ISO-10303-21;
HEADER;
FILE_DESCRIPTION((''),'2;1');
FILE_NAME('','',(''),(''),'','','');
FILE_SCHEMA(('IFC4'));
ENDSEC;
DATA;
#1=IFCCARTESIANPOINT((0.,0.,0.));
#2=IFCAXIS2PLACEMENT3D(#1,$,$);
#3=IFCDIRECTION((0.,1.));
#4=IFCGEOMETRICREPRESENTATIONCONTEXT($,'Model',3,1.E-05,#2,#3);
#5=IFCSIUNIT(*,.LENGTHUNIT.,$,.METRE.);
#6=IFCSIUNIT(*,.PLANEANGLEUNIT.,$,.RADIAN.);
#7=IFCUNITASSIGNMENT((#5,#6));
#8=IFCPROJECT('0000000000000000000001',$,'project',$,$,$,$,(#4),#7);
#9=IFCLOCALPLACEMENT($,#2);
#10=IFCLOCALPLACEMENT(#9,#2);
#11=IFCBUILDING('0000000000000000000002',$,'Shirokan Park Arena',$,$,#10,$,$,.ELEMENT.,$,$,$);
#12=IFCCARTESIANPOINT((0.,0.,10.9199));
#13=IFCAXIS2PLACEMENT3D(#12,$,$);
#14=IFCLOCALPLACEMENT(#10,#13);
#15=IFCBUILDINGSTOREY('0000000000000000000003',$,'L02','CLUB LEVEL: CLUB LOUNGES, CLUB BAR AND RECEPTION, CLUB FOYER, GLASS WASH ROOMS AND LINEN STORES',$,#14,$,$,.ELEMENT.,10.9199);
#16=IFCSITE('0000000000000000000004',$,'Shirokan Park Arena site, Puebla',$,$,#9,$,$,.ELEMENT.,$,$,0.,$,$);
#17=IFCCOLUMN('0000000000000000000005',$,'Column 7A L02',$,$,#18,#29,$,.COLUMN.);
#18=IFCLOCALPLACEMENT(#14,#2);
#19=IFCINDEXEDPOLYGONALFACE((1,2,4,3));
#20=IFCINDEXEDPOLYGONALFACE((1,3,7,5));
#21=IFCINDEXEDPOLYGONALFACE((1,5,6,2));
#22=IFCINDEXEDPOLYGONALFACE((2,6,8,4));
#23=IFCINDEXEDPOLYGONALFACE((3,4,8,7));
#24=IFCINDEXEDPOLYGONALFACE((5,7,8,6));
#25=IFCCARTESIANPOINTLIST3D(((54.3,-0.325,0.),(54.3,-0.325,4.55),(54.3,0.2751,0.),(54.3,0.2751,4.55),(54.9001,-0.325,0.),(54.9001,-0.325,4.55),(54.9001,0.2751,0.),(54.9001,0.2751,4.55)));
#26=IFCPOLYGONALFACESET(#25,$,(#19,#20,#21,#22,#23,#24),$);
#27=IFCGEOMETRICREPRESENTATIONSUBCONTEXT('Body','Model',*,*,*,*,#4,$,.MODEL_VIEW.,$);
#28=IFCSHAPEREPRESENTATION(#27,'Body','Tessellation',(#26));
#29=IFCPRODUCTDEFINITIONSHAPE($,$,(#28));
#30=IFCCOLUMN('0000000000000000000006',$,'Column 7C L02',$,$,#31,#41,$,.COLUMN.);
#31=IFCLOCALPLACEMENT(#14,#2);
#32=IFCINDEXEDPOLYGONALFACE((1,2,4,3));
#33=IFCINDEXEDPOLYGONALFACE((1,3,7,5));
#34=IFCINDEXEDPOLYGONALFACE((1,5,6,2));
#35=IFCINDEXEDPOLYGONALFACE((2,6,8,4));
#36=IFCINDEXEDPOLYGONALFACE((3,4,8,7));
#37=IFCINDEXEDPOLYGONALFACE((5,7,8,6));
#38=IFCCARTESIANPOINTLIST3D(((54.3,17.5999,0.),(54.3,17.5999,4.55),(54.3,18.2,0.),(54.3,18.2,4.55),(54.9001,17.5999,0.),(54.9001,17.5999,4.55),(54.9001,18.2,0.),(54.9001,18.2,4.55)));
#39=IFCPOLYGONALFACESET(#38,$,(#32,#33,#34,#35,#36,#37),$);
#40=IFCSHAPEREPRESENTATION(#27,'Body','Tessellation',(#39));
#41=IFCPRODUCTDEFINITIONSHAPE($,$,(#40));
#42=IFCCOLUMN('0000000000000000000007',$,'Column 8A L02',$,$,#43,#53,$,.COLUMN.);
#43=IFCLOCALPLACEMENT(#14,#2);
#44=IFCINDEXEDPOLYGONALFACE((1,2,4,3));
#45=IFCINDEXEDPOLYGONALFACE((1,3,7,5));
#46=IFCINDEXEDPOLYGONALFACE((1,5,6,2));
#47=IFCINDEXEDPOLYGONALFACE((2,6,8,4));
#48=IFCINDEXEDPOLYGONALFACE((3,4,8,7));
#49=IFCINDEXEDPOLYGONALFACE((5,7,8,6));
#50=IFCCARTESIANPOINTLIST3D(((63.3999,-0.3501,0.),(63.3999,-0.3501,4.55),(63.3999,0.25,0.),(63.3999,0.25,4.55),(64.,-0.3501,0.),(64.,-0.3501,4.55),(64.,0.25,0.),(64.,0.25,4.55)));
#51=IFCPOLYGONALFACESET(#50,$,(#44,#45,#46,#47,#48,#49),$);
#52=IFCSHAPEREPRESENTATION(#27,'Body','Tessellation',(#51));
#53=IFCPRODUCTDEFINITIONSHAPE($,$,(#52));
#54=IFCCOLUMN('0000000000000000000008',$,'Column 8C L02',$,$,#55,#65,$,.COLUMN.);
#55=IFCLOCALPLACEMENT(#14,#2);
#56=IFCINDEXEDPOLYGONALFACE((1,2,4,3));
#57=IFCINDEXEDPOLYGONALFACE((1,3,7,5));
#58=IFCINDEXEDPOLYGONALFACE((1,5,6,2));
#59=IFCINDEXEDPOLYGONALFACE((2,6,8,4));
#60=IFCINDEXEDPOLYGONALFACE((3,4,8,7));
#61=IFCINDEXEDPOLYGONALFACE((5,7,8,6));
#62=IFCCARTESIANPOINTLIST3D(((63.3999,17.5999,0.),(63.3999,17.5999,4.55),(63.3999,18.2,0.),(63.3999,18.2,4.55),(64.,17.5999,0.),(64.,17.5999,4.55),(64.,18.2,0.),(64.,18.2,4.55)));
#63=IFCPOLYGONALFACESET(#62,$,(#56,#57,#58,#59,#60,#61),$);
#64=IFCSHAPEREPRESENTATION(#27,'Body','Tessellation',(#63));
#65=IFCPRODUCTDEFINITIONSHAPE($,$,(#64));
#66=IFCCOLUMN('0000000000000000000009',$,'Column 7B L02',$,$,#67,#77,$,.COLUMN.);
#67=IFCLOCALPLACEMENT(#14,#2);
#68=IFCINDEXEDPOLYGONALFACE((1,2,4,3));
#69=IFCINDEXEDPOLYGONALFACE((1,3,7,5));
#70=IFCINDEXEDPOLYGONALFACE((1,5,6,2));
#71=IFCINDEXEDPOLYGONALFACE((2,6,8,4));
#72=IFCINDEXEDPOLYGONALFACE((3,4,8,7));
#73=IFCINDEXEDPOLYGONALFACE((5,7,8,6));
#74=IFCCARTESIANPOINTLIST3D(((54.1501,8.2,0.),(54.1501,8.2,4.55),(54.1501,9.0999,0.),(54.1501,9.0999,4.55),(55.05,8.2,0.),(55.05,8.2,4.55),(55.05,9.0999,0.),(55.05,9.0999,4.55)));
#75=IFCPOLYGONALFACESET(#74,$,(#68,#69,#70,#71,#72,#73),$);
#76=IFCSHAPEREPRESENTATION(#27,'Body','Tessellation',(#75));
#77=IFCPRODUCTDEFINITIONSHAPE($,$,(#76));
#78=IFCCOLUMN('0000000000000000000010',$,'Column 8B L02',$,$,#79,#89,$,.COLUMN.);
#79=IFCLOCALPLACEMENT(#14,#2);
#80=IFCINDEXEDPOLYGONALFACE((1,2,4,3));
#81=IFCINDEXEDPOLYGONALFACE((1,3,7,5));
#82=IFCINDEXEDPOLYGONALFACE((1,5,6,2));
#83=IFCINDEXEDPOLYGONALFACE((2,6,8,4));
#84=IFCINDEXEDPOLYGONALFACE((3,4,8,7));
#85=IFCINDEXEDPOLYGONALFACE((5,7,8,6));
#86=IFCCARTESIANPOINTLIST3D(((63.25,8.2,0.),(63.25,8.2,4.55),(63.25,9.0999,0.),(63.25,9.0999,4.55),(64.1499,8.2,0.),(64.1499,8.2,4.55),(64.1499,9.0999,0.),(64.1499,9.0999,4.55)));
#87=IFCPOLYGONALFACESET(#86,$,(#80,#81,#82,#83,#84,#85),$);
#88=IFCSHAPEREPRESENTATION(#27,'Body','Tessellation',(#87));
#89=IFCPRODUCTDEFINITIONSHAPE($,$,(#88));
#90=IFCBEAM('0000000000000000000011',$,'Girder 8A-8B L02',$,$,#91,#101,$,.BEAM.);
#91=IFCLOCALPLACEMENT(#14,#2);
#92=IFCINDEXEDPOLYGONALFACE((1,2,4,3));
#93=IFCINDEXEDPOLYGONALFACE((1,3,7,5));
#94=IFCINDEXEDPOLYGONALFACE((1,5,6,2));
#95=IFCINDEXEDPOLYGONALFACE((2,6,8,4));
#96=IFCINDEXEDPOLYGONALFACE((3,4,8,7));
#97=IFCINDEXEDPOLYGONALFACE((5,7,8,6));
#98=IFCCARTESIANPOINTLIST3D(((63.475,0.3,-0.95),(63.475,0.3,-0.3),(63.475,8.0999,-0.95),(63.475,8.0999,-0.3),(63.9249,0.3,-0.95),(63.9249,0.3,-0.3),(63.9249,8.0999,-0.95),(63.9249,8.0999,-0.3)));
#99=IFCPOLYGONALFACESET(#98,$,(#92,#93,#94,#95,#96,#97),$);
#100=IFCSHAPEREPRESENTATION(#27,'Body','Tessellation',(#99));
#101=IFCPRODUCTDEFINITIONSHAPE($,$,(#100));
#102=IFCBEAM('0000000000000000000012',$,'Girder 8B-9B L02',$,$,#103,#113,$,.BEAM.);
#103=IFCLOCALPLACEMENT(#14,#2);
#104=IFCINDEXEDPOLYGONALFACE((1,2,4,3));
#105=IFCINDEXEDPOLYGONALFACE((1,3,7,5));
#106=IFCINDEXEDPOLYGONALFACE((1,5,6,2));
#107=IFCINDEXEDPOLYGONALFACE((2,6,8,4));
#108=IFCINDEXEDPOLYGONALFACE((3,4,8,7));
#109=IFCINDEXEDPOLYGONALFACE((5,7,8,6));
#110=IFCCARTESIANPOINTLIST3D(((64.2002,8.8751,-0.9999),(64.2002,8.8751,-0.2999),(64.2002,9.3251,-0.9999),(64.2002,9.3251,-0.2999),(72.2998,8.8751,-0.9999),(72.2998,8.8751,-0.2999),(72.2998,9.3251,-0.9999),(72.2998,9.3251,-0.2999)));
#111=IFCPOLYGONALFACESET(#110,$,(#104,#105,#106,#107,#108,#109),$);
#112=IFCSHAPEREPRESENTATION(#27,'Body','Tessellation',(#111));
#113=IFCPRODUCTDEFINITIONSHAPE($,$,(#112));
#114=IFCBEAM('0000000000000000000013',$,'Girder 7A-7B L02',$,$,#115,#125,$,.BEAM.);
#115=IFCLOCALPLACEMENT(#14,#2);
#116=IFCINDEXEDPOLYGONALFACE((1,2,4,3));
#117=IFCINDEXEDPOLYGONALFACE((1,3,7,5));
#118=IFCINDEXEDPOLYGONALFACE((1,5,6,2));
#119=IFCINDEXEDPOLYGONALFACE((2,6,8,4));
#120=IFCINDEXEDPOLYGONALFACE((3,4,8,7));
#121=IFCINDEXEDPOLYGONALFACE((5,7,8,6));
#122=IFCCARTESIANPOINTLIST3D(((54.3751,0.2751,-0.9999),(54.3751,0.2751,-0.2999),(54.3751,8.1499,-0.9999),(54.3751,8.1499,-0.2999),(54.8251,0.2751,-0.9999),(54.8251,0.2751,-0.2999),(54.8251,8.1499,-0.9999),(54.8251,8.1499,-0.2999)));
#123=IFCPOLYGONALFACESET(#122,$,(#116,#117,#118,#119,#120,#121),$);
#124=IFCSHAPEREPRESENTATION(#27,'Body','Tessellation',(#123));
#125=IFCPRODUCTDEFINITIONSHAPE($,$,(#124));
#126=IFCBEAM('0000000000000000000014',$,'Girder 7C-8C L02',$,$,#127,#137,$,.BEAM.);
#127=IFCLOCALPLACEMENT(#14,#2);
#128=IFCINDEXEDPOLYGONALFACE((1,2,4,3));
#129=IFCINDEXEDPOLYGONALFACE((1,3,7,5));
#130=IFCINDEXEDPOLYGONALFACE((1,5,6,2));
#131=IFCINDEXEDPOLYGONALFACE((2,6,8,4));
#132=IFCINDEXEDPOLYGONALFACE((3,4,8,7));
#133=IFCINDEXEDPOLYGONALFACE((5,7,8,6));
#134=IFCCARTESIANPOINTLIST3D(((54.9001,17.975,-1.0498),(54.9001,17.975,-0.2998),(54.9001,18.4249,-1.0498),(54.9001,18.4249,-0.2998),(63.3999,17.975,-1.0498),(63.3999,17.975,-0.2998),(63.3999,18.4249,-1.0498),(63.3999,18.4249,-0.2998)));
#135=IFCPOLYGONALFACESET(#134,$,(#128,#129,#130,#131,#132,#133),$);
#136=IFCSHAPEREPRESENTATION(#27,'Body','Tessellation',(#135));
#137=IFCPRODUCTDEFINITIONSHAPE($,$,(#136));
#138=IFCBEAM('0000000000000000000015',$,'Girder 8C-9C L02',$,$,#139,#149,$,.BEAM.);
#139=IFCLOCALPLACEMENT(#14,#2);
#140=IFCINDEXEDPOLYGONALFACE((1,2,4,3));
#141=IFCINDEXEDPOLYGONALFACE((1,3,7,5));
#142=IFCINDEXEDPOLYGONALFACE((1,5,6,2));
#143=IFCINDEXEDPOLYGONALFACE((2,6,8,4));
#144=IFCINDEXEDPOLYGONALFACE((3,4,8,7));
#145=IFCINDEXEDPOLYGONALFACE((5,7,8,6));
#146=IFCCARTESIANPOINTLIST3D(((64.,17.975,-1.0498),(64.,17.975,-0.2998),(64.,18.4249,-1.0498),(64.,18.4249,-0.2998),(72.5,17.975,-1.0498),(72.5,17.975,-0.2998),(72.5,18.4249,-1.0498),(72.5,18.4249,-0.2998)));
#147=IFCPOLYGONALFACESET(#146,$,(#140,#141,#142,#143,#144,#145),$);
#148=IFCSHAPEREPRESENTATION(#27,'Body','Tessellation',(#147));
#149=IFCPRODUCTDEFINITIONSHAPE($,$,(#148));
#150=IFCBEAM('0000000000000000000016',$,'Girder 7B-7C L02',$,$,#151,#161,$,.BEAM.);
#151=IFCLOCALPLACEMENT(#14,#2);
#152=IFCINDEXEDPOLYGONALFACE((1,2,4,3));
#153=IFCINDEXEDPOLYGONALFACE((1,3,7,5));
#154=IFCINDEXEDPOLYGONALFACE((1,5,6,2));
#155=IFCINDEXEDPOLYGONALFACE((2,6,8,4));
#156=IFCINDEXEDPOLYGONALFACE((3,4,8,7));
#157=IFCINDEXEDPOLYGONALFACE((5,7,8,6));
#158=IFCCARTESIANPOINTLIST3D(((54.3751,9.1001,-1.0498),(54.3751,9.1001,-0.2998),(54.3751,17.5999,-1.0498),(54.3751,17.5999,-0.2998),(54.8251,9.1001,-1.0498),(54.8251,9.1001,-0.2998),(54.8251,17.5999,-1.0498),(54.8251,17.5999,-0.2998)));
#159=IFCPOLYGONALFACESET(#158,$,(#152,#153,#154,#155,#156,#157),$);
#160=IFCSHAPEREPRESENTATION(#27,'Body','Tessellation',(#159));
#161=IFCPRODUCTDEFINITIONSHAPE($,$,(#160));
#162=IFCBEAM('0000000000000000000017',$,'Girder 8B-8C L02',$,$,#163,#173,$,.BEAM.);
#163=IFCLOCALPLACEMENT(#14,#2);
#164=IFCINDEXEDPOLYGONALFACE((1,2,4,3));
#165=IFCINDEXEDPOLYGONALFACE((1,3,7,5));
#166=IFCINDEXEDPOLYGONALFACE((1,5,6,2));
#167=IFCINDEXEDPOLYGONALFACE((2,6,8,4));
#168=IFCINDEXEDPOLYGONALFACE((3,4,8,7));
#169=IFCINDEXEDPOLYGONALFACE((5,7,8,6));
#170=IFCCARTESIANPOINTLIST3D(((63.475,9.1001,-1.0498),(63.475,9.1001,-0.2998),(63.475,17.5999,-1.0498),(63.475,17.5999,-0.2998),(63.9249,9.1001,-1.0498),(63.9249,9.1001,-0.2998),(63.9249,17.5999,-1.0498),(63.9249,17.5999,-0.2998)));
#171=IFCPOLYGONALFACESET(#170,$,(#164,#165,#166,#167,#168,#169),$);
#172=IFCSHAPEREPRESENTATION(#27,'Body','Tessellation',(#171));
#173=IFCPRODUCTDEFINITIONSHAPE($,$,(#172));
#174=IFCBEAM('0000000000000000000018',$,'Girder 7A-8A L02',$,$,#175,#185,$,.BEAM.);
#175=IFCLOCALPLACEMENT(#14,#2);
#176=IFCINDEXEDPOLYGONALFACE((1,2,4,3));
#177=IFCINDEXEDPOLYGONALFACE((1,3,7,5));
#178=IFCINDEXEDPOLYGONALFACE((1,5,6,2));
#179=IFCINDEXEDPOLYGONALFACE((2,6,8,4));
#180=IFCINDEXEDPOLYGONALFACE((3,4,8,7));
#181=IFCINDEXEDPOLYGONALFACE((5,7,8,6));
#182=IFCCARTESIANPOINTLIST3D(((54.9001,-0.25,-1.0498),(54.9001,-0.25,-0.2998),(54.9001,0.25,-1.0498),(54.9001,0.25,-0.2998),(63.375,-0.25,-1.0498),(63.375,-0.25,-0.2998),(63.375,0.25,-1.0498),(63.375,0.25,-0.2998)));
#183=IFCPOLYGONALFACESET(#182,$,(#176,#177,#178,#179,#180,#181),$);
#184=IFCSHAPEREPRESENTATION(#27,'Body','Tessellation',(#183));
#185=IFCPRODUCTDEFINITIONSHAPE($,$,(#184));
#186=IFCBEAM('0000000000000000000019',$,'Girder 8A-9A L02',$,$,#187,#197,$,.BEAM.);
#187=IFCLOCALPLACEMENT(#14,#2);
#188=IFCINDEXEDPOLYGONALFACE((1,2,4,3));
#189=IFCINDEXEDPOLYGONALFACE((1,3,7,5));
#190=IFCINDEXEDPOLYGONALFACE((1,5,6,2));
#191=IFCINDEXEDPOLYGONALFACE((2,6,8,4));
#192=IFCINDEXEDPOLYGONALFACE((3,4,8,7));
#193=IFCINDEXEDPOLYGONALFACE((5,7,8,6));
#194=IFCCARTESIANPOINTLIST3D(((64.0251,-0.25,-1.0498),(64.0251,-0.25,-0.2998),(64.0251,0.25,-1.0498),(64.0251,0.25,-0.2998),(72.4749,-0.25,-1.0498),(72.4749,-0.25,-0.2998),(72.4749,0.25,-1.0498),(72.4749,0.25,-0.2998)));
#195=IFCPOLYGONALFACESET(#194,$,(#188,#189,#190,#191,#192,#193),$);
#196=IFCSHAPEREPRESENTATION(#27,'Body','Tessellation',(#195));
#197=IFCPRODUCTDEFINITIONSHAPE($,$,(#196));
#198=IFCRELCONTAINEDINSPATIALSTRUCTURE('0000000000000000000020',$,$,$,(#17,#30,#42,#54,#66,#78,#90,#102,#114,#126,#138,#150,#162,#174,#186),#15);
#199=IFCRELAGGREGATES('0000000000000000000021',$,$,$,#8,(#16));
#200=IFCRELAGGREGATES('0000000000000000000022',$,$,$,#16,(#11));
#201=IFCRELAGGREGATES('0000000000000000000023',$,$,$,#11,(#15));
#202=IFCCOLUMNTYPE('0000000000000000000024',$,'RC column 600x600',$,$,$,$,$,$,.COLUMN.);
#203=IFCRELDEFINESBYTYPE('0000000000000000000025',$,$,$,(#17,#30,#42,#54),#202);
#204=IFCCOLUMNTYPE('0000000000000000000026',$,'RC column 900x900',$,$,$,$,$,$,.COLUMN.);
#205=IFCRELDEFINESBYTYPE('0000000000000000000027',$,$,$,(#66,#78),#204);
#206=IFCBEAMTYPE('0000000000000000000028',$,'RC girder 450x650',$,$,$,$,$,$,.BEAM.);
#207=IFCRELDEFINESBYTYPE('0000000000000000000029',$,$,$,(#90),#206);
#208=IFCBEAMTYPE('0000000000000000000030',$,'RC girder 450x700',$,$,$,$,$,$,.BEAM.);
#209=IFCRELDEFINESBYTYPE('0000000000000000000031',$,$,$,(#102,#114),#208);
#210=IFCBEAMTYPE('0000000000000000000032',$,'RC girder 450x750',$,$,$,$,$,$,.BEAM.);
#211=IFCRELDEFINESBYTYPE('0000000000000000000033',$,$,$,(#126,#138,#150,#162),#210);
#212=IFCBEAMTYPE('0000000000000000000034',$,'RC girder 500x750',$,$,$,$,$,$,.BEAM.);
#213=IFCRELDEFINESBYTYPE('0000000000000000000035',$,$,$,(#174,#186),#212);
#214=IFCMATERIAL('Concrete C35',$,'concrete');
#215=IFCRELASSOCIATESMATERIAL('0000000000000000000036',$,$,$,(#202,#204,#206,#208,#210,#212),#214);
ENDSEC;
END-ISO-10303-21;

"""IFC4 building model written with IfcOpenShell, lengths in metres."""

from ifc_helpers import new_model, si_unit, direction, frame, origin, origin_2d, place, context, subcontext, project, spatial, rectangle, extrude, material, material_profile, profile_set, type_object, element, save


model = new_model("IFC4")

# Units and contexts
model_context = context("Model", 3, precision=1e-05, world=origin(), true_north=direction((0.0, 1.0)))
body_context = subcontext(model_context, "Body", "Model", "MODEL_VIEW")
ifc_project = project(units=[si_unit("LENGTHUNIT", "METRE"), si_unit("PLANEANGLEUNIT", "RADIAN")], contexts=[model_context])

# Site, building, storey
site_placement = place(None, origin())
site = spatial("IfcSite", under=ifc_project, at=site_placement, Name="Shirokan Park Arena site, Puebla", CompositionType="ELEMENT", RefElevation=0.0)
building_placement = place(site_placement, origin())
building = spatial("IfcBuilding", under=site, at=building_placement, Name="Shirokan Park Arena", CompositionType="ELEMENT")
storey_placement = place(building_placement, frame((0.0, 0.0, 10.9199)))
storey = spatial("IfcBuildingStorey", under=building, at=storey_placement, Name="L02", Description="CLUB LEVEL: CLUB LOUNGES, CLUB BAR AND RECEPTION, CLUB FOYER, GLASS WASH ROOMS AND LINEN STORES", CompositionType="ELEMENT", Elevation=10.9199)

# Columns
ifc_material_1 = material(Name="Concrete C35", Category="concrete")
ifc_material_profile_1 = material_profile(ifc_material_1, rectangle(XDim=0.6001, YDim=0.6001, at=origin_2d()), Name="600x600")
ifc_profile_set_1 = profile_set([ifc_material_profile_1], Name="Concrete C35")
column_type_1 = type_object("IfcColumnType", Name="RC column 600x600", PredefinedType="COLUMN", material=ifc_profile_set_1)
for number, where, z_axis, x_axis, name in (
    (1, (54.6001, -0.0249, 0.0), (0.0, 0.0, 1.0), (1.0, 0.0, 0.0), "Column 7A L02"),
    (2, (54.6001, 17.8999, 0.0), (0.0, 0.0, 1.0), (1.0, 0.0, 0.0), "Column 7C L02"),
    (3, (63.7, -0.05, 0.0), (0.0, 0.0, 1.0), (1.0, 0.0, 0.0), "Column 8A L02"),
    (4, (63.7, 17.8999, 0.0), (0.0, 0.0, 1.0), (1.0, 0.0, 0.0), "Column 8C L02"),
):
    element("IfcColumn", number, at=place(storey_placement, frame(where, z_axis=z_axis, x_axis=x_axis)), inside=storey, type_object=column_type_1, Name=name, PredefinedType="COLUMN", context=body_context, shape_type="SweptSolid", body=[
        extrude(rectangle(XDim=0.6001, YDim=0.6001, at=origin_2d()), origin(), (0.0, 0.0, 1.0), 4.55),
    ])
ifc_material_profile_2 = material_profile(ifc_material_1, rectangle(XDim=0.8999, YDim=0.8999, at=origin_2d()), Name="900x900")
ifc_profile_set_2 = profile_set([ifc_material_profile_2], Name="Concrete C35")
column_type_2 = type_object("IfcColumnType", Name="RC column 900x900", PredefinedType="COLUMN", material=ifc_profile_set_2)
for number, where, z_axis, x_axis, name in (
    (5, (54.6001, 8.6499, 0.0), (0.0, 0.0, 1.0), (1.0, 0.0, 0.0), "Column 7B L02"),
    (6, (63.7, 8.6499, 0.0), (0.0, 0.0, 1.0), (1.0, 0.0, 0.0), "Column 8B L02"),
):
    element("IfcColumn", number, at=place(storey_placement, frame(where, z_axis=z_axis, x_axis=x_axis)), inside=storey, type_object=column_type_2, Name=name, PredefinedType="COLUMN", context=body_context, shape_type="SweptSolid", body=[
        extrude(rectangle(XDim=0.8999, YDim=0.8999, at=origin_2d()), origin(), (0.0, 0.0, 1.0), 4.55),
    ])

# Beams
ifc_material_profile_3 = material_profile(ifc_material_1, rectangle(XDim=0.45, YDim=0.6499, at=origin_2d()), Name="450x650")
ifc_profile_set_3 = profile_set([ifc_material_profile_3], Name="Concrete C35")
beam_type_1 = type_object("IfcBeamType", Name="RC girder 450x650", PredefinedType="BEAM", material=ifc_profile_set_3)
beam_1_placement = place(storey_placement, frame((63.7, 0.3, -0.625), z_axis=(0.0, 1.0, 0.0), x_axis=(-1.0, 0.0, 0.0)))
element("IfcBeam", 7, at=beam_1_placement, inside=storey, type_object=beam_type_1, Name="Girder 8A-8B L02", PredefinedType="BEAM", context=body_context, shape_type="SweptSolid", body=[
    extrude(rectangle(XDim=0.45, YDim=0.6499, at=origin_2d()), origin(), (0.0, 0.0, 1.0), 7.7998),
])
ifc_material_profile_4 = material_profile(ifc_material_1, rectangle(XDim=0.45, YDim=0.7, at=origin_2d()), Name="450x700")
ifc_profile_set_4 = profile_set([ifc_material_profile_4], Name="Concrete C35")
beam_type_2 = type_object("IfcBeamType", Name="RC girder 450x700", PredefinedType="BEAM", material=ifc_profile_set_4)
beam_2_placement = place(storey_placement, frame((64.2002, 9.1001, -0.6499), z_axis=(1.0, 0.0, 0.0), x_axis=(0.0, 1.0, 0.0)))
element("IfcBeam", 8, at=beam_2_placement, inside=storey, type_object=beam_type_2, Name="Girder 8B-9B L02", PredefinedType="BEAM", context=body_context, shape_type="SweptSolid", body=[
    extrude(rectangle(XDim=0.45, YDim=0.7, at=origin_2d()), origin(), (0.0, 0.0, 1.0), 8.0996),
])
beam_3_placement = place(storey_placement, frame((54.6001, 0.2751, -0.6499), z_axis=(0.0, 1.0, 0.0), x_axis=(-1.0, 0.0, 0.0)))
element("IfcBeam", 9, at=beam_3_placement, inside=storey, type_object=beam_type_2, Name="Girder 7A-7B L02", PredefinedType="BEAM", context=body_context, shape_type="SweptSolid", body=[
    extrude(rectangle(XDim=0.45, YDim=0.7, at=origin_2d()), origin(), (0.0, 0.0, 1.0), 7.8748),
])
ifc_material_profile_5 = material_profile(ifc_material_1, rectangle(XDim=0.45, YDim=0.75, at=origin_2d()), Name="450x750")
ifc_profile_set_5 = profile_set([ifc_material_profile_5], Name="Concrete C35")
beam_type_3 = type_object("IfcBeamType", Name="RC girder 450x750", PredefinedType="BEAM", material=ifc_profile_set_5)
beam_4_placement = place(storey_placement, frame((54.9001, 18.2, -0.6748), z_axis=(1.0, 0.0, 0.0), x_axis=(0.0, 1.0, 0.0)))
element("IfcBeam", 10, at=beam_4_placement, inside=storey, type_object=beam_type_3, Name="Girder 7C-8C L02", PredefinedType="BEAM", context=body_context, shape_type="SweptSolid", body=[
    extrude(rectangle(XDim=0.45, YDim=0.75, at=origin_2d()), origin(), (0.0, 0.0, 1.0), 8.4998),
])
beam_5_placement = place(storey_placement, frame((64.0, 18.2, -0.6748), z_axis=(1.0, 0.0, 0.0), x_axis=(0.0, 1.0, 0.0)))
element("IfcBeam", 11, at=beam_5_placement, inside=storey, type_object=beam_type_3, Name="Girder 8C-9C L02", PredefinedType="BEAM", context=body_context, shape_type="SweptSolid", body=[
    extrude(rectangle(XDim=0.45, YDim=0.75, at=origin_2d()), origin(), (0.0, 0.0, 1.0), 8.5),
])
for number, where, z_axis, x_axis, name in (
    (12, (54.6001, 9.1001, -0.6748), (0.0, 1.0, 0.0), (-1.0, 0.0, 0.0), "Girder 7B-7C L02"),
    (13, (63.7, 9.1001, -0.6748), (0.0, 1.0, 0.0), (-1.0, 0.0, 0.0), "Girder 8B-8C L02"),
):
    element("IfcBeam", number, at=place(storey_placement, frame(where, z_axis=z_axis, x_axis=x_axis)), inside=storey, type_object=beam_type_3, Name=name, PredefinedType="BEAM", context=body_context, shape_type="SweptSolid", body=[
        extrude(rectangle(XDim=0.45, YDim=0.75, at=origin_2d()), origin(), (0.0, 0.0, 1.0), 8.4998),
    ])
ifc_material_profile_6 = material_profile(ifc_material_1, rectangle(XDim=0.5, YDim=0.75, at=origin_2d()), Name="500x750")
ifc_profile_set_6 = profile_set([ifc_material_profile_6], Name="Concrete C35")
beam_type_4 = type_object("IfcBeamType", Name="RC girder 500x750", PredefinedType="BEAM", material=ifc_profile_set_6)
beam_6_placement = place(storey_placement, frame((54.9001, 0.0, -0.6748), z_axis=(1.0, 0.0, 0.0), x_axis=(0.0, 1.0, 0.0)))
element("IfcBeam", 14, at=beam_6_placement, inside=storey, type_object=beam_type_4, Name="Girder 7A-8A L02", PredefinedType="BEAM", context=body_context, shape_type="SweptSolid", body=[
    extrude(rectangle(XDim=0.5, YDim=0.75, at=origin_2d()), origin(), (0.0, 0.0, 1.0), 8.4749),
])
beam_7_placement = place(storey_placement, frame((64.0251, 0.0, -0.6748), z_axis=(1.0, 0.0, 0.0), x_axis=(0.0, 1.0, 0.0)))
element("IfcBeam", 15, at=beam_7_placement, inside=storey, type_object=beam_type_4, Name="Girder 8A-9A L02", PredefinedType="BEAM", context=body_context, shape_type="SweptSolid", body=[
    extrude(rectangle(XDim=0.5, YDim=0.75, at=origin_2d()), origin(), (0.0, 0.0, 1.0), 8.4497),
])

save(model, "model.ifc")
